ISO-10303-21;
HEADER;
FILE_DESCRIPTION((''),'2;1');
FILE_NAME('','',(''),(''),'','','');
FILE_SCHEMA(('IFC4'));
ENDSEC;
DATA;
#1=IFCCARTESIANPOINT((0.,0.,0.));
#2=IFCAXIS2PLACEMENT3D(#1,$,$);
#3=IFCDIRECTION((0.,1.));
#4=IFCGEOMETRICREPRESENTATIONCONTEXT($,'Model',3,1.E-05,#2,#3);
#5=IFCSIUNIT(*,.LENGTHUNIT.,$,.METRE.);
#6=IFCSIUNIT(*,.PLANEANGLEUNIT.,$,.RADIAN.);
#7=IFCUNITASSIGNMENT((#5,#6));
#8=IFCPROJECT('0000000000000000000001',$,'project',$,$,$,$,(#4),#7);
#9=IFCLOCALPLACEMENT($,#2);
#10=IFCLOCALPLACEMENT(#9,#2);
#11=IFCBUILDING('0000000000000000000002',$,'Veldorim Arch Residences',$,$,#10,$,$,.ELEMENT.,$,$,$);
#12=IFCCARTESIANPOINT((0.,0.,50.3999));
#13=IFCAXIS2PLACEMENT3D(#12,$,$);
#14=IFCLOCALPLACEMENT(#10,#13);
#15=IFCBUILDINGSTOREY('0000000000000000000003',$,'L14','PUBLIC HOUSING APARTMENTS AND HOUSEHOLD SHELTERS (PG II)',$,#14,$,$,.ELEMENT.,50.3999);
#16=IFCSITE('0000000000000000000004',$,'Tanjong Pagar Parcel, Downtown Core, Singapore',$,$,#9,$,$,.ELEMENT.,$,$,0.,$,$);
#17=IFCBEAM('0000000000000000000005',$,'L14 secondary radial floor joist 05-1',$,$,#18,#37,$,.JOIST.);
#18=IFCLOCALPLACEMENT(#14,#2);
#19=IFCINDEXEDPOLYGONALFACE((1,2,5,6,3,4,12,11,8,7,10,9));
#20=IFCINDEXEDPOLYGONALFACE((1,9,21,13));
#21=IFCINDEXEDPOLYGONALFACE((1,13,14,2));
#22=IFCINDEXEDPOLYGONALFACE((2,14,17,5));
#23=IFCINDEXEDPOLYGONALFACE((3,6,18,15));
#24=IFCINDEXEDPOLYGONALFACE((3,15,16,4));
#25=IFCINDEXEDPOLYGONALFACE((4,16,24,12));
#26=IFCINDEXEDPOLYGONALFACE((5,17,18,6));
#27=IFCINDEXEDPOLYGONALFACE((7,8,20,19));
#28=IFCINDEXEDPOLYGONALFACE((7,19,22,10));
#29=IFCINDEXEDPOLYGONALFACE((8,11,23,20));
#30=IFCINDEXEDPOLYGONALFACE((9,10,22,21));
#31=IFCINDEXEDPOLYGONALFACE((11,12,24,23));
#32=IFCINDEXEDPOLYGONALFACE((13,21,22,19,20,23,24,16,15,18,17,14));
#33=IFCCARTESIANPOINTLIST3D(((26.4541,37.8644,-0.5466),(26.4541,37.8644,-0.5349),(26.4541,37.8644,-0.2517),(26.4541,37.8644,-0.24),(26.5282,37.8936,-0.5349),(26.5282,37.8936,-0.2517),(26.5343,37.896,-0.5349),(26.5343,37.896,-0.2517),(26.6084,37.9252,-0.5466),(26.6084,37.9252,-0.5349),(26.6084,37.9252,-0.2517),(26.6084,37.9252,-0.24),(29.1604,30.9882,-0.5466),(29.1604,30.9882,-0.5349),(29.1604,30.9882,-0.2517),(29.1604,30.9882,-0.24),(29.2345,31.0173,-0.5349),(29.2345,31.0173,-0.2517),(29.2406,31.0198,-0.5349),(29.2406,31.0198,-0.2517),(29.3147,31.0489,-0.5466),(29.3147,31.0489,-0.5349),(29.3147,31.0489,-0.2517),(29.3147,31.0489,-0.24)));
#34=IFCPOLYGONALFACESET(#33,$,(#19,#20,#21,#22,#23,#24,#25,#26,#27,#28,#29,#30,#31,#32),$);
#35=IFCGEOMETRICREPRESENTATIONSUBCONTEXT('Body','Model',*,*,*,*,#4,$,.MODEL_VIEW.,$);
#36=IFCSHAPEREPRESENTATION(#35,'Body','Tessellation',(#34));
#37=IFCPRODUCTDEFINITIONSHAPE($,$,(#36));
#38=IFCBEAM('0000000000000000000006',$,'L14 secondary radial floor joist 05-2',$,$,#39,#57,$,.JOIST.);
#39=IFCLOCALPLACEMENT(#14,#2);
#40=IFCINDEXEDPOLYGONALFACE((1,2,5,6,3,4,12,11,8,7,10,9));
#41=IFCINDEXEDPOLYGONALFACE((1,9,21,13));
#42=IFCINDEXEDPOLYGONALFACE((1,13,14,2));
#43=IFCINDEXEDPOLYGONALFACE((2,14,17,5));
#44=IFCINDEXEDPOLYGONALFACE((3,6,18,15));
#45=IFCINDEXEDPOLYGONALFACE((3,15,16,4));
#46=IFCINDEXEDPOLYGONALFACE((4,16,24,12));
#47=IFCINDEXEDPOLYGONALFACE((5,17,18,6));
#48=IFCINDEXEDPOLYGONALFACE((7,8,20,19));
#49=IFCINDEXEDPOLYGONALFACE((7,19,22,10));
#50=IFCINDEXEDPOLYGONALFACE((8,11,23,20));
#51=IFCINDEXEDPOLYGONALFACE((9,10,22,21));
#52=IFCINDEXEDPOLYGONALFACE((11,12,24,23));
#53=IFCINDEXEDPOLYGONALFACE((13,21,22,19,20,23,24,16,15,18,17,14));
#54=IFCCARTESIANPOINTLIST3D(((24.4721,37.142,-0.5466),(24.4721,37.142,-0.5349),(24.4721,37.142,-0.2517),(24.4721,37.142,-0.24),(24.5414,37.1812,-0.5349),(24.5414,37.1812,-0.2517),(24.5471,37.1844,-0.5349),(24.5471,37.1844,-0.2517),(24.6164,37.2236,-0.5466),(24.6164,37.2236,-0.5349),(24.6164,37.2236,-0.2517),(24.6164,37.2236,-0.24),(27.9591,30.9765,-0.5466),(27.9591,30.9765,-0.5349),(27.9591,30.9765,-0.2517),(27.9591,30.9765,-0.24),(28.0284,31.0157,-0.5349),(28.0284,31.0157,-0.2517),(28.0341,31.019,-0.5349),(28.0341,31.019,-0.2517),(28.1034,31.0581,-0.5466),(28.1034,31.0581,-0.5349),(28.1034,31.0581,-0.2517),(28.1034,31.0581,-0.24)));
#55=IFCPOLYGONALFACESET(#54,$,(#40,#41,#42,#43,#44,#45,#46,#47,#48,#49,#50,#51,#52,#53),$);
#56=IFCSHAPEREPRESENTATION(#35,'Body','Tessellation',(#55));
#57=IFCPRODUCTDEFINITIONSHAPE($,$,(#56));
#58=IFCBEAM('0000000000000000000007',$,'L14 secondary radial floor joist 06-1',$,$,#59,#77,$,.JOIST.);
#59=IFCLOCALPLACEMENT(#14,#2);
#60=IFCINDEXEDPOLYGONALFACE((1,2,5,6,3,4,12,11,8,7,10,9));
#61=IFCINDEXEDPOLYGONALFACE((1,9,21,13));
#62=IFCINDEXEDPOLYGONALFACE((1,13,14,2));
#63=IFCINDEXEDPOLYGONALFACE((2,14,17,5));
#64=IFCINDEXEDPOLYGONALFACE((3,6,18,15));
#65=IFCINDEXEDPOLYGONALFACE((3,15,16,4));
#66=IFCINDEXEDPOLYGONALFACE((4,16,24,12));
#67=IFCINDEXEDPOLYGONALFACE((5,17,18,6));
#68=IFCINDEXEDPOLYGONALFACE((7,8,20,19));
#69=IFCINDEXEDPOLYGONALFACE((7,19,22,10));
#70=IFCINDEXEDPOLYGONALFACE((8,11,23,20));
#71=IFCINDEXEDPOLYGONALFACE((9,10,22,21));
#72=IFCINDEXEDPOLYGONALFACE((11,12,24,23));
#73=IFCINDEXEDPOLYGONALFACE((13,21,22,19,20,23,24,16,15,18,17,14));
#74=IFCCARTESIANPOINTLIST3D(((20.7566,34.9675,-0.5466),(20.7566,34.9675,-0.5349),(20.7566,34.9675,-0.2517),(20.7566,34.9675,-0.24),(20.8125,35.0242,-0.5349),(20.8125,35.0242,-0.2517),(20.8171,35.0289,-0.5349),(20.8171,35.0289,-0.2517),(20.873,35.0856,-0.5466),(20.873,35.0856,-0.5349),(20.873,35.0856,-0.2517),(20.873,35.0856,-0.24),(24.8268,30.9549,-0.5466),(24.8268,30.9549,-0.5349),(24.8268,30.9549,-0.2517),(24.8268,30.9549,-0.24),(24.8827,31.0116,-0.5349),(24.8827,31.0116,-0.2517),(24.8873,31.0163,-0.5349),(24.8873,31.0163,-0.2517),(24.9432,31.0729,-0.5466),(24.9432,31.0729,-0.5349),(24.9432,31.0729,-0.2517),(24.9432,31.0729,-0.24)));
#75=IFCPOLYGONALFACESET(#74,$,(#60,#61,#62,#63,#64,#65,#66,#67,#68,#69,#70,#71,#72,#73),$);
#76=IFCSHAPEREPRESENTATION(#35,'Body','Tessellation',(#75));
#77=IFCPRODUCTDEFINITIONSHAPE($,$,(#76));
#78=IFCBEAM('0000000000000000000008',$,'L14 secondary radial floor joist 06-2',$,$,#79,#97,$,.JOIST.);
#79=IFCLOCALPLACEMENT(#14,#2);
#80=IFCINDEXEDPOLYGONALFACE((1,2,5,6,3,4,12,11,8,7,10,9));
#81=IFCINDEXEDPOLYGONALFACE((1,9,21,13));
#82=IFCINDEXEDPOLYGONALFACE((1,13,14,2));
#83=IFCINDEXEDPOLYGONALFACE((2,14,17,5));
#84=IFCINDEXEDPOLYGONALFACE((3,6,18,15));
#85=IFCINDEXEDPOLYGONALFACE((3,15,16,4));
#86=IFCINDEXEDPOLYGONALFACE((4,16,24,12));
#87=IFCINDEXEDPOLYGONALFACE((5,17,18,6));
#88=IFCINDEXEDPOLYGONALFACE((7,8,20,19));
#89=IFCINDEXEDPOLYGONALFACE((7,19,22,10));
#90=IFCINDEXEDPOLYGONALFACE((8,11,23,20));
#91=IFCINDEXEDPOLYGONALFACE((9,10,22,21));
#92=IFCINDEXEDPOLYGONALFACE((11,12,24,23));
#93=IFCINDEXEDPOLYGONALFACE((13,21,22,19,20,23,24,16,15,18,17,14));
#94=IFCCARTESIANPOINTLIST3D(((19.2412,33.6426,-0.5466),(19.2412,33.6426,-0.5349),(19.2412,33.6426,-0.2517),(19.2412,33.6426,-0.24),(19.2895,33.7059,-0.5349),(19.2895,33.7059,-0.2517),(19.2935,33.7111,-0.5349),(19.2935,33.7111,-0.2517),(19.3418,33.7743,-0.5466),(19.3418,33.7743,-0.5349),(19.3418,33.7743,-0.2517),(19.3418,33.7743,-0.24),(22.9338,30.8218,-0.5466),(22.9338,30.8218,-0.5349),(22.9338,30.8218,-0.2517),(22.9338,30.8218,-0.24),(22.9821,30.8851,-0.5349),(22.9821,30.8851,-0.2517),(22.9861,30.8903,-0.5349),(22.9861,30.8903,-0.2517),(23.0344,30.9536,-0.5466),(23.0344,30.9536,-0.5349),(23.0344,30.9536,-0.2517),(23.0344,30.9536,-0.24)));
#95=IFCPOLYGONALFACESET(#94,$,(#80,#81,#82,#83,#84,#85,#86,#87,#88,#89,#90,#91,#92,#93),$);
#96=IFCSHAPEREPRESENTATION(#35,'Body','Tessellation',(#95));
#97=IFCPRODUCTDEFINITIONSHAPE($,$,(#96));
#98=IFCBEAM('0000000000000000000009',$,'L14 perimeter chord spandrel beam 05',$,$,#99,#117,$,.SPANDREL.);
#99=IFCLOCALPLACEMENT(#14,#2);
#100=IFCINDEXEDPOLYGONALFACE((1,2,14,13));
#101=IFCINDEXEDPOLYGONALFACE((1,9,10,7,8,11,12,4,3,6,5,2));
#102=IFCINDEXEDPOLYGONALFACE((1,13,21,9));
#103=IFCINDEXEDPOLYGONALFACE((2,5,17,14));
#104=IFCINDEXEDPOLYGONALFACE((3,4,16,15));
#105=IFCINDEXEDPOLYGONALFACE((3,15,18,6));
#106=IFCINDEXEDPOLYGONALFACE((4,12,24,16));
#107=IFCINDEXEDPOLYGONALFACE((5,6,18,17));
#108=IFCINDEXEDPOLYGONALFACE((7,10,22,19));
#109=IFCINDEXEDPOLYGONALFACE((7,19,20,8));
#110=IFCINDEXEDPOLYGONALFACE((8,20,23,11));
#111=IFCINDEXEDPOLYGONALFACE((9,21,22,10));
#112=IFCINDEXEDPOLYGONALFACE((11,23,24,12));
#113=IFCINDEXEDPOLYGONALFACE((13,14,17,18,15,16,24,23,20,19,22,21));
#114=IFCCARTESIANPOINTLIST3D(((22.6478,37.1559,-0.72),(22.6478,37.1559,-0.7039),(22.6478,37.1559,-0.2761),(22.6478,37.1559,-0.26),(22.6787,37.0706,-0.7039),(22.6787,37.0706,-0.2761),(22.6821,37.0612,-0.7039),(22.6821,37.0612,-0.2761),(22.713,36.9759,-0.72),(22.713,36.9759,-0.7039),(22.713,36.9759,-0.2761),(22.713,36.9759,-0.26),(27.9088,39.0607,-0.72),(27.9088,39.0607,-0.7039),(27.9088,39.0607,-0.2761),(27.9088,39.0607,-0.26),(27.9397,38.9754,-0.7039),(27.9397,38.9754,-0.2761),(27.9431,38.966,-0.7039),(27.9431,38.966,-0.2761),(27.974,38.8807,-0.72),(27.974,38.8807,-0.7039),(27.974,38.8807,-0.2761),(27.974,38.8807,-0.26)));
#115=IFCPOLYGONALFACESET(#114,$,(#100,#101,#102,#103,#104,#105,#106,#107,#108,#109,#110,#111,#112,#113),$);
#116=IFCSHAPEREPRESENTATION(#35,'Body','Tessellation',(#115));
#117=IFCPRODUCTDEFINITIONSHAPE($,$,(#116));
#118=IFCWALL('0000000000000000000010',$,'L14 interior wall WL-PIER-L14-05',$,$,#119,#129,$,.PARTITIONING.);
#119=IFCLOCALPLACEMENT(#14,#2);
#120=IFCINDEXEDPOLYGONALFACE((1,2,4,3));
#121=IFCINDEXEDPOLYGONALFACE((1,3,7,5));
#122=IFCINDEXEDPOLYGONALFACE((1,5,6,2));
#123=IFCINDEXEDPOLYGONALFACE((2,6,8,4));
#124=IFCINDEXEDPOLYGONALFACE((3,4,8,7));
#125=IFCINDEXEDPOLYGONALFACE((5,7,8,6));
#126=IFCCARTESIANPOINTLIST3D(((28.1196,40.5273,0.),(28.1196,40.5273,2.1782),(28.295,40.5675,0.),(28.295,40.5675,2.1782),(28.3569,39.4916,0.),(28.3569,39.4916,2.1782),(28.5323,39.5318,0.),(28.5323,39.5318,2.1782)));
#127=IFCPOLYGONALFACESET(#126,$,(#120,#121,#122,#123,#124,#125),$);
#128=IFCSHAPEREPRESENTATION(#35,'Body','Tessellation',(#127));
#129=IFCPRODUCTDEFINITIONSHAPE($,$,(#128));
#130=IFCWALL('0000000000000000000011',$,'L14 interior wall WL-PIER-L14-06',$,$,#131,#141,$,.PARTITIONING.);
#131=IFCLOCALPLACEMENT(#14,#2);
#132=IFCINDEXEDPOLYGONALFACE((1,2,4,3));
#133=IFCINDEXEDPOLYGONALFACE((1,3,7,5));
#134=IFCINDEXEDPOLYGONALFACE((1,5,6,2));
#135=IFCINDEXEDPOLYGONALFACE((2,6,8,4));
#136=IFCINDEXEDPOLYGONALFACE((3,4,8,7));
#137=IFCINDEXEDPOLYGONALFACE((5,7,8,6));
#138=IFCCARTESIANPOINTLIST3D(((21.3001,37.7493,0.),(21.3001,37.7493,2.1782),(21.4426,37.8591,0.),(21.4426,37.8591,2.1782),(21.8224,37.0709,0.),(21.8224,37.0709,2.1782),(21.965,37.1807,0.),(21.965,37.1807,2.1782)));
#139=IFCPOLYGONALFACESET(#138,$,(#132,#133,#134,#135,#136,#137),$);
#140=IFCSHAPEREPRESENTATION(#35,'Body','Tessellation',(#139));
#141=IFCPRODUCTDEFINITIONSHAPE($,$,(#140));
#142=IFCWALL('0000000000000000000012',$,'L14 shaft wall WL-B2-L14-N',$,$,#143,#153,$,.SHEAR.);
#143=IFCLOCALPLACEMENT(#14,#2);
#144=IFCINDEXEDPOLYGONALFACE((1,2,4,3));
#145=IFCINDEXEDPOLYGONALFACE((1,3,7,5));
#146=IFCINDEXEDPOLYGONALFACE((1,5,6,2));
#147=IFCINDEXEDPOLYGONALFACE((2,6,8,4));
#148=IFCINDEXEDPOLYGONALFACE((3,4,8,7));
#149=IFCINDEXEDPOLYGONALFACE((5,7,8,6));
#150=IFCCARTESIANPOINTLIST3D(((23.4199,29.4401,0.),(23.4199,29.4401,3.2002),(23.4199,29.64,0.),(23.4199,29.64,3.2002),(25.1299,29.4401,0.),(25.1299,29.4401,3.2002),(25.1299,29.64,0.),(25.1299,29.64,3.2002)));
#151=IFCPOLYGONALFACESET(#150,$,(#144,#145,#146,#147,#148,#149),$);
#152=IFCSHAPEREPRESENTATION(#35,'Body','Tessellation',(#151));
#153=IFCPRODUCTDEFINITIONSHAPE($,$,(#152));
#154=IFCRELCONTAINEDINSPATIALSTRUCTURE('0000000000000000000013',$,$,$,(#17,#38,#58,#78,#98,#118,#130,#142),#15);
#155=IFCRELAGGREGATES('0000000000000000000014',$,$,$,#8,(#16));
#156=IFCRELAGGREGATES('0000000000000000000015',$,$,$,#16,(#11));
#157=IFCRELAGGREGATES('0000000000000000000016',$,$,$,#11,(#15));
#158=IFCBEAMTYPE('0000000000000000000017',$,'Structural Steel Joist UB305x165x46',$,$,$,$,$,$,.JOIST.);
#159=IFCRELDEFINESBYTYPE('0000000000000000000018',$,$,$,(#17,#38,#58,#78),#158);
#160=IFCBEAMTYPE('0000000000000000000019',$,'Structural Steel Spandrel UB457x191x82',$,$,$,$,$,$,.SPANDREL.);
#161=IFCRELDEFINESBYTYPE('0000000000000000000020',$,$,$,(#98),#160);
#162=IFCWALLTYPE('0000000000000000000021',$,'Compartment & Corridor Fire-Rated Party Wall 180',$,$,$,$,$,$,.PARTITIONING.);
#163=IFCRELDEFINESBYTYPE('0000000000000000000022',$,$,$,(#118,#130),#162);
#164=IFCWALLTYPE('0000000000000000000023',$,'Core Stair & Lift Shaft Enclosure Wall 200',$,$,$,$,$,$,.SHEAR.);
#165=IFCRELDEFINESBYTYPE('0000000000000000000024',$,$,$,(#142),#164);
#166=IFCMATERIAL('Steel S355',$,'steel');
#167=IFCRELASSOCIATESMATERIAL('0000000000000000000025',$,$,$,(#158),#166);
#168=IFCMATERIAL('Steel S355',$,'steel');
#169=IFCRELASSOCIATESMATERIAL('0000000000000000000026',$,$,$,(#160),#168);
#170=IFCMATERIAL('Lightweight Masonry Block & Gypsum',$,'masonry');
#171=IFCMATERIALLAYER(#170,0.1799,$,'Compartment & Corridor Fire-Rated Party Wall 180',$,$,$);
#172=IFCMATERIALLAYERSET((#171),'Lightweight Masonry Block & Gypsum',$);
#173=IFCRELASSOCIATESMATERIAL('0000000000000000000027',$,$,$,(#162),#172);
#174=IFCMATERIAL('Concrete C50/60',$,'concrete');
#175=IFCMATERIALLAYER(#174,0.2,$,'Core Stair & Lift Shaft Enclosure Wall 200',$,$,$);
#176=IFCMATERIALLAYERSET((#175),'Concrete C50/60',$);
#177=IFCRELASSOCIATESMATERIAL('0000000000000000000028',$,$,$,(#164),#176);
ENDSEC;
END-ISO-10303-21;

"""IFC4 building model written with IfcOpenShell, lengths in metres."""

from ifc_helpers import new_model, si_unit, direction, frame, frame_2d, origin, origin_2d, place, context, subcontext, project, spatial, rectangle, i_section, extrude, material, layer, layer_set, material_profile, profile_set, type_object, element, save


model = new_model("IFC4")

# Units and contexts
model_context = context("Model", 3, precision=1e-05, world=origin(), true_north=direction((0.0, 1.0)))
body_context = subcontext(model_context, "Body", "Model", "MODEL_VIEW")
ifc_project = project(units=[si_unit("LENGTHUNIT", "METRE"), si_unit("PLANEANGLEUNIT", "RADIAN")], contexts=[model_context])

# Site, building, storey
site_placement = place(None, origin())
site = spatial("IfcSite", under=ifc_project, at=site_placement, Name="Tanjong Pagar Parcel, Downtown Core, Singapore", CompositionType="ELEMENT", RefElevation=0.0)
building_placement = place(site_placement, origin())
building = spatial("IfcBuilding", under=site, at=building_placement, Name="Veldorim Arch Residences", CompositionType="ELEMENT")
storey_placement = place(building_placement, frame((0.0, 0.0, 50.3999)))
storey = spatial("IfcBuildingStorey", under=building, at=storey_placement, Name="L14", Description="PUBLIC HOUSING APARTMENTS AND HOUSEHOLD SHELTERS (PG II)", CompositionType="ELEMENT", Elevation=50.3999)

# Beams
ifc_material_1 = material(Name="Steel S355", Category="steel")
ifc_material_profile_1 = material_profile(ifc_material_1, i_section(OverallWidth=0.1658, OverallDepth=0.3066, WebThickness=0.0066, FlangeThickness=0.0117, at=origin_2d()), Name="UB305x165x46")
ifc_profile_set_1 = profile_set([ifc_material_profile_1], Name="Steel S355")
beam_type_1 = type_object("IfcBeamType", Name="Structural Steel Joist UB305x165x46", PredefinedType="JOIST", material=ifc_profile_set_1)
beam_1_placement = place(storey_placement, frame((29.2375, 31.0186, -0.3933), z_axis=(-0.36623, 0.930524, 0.0), x_axis=(-0.930524, -0.36623, 0.0)))
element("IfcBeam", 1, at=beam_1_placement, inside=storey, type_object=beam_type_1, Name="L14 secondary radial floor joist 05-1", PredefinedType="JOIST", context=body_context, shape_type="SweptSolid", body=[
    extrude(i_section(OverallWidth=0.1658, OverallDepth=0.3066, WebThickness=0.0066, FlangeThickness=0.0117, at=origin_2d()), origin(), (0.0, 0.0, 1.0), 7.3896),
])
beam_2_placement = place(storey_placement, frame((28.0312, 31.0173, -0.3933), z_axis=(-0.492292, 0.87043, 0.0), x_axis=(-0.87043, -0.492292, 0.0)))
element("IfcBeam", 2, at=beam_2_placement, inside=storey, type_object=beam_type_1, Name="L14 secondary radial floor joist 05-2", PredefinedType="JOIST", context=body_context, shape_type="SweptSolid", body=[
    extrude(i_section(OverallWidth=0.1658, OverallDepth=0.3066, WebThickness=0.0066, FlangeThickness=0.0117, at=origin_2d()), origin(), (0.0, 0.0, 1.0), 7.0833),
])
beam_3_placement = place(storey_placement, frame((24.885, 31.0139, -0.3933), z_axis=(-0.712129, 0.702049, 0.0), x_axis=(-0.702049, -0.712129, 0.0)))
element("IfcBeam", 3, at=beam_3_placement, inside=storey, type_object=beam_type_1, Name="L14 secondary radial floor joist 06-1", PredefinedType="JOIST", context=body_context, shape_type="SweptSolid", body=[
    extrude(i_section(OverallWidth=0.1658, OverallDepth=0.3066, WebThickness=0.0066, FlangeThickness=0.0117, at=origin_2d()), origin(), (0.0, 0.0, 1.0), 5.7156),
])
beam_4_placement = place(storey_placement, frame((22.9841, 30.8877, -0.3933), z_axis=(-0.794666, 0.607046, 0.0), x_axis=(-0.607046, -0.794666, 0.0)))
element("IfcBeam", 4, at=beam_4_placement, inside=storey, type_object=beam_type_1, Name="L14 secondary radial floor joist 06-2", PredefinedType="JOIST", context=body_context, shape_type="SweptSolid", body=[
    extrude(i_section(OverallWidth=0.1658, OverallDepth=0.3066, WebThickness=0.0066, FlangeThickness=0.0117, at=origin_2d()), origin(), (0.0, 0.0, 1.0), 4.6467),
])
ifc_material_2 = material(Name="Steel S355", Category="steel")
ifc_material_profile_2 = material_profile(ifc_material_2, i_section(OverallWidth=0.1914, OverallDepth=0.46, WebThickness=0.01, FlangeThickness=0.0161, at=origin_2d()), Name="UB457x191x82")
ifc_profile_set_2 = profile_set([ifc_material_profile_2], Name="Steel S355")
beam_type_2 = type_object("IfcBeamType", Name="Structural Steel Spandrel UB457x191x82", PredefinedType="SPANDREL", material=ifc_profile_set_2)
beam_5_placement = place(storey_placement, frame((27.9414, 38.9707, -0.49), z_axis=(-0.940269, -0.340432, 0.0), x_axis=(0.340432, -0.940269, 0.0)))
element("IfcBeam", 5, at=beam_5_placement, inside=storey, type_object=beam_type_2, Name="L14 perimeter chord spandrel beam 05", PredefinedType="SPANDREL", context=body_context, shape_type="SweptSolid", body=[
    extrude(i_section(OverallWidth=0.1914, OverallDepth=0.46, WebThickness=0.01, FlangeThickness=0.0161, at=origin_2d()), origin(), (0.0, 0.0, 1.0), 5.5952),
])

# Walls
ifc_material_3 = material(Name="Lightweight Masonry Block & Gypsum", Category="masonry")
ifc_layer_1 = layer(ifc_material_3, 0.1799, Name="Compartment & Corridor Fire-Rated Party Wall 180")
ifc_layer_set_1 = layer_set([ifc_layer_1], Name="Lightweight Masonry Block & Gypsum")
wall_type_1 = type_object("IfcWallType", Name="Compartment & Corridor Fire-Rated Party Wall 180", PredefinedType="PARTITIONING", material=ifc_layer_set_1)
wall_1_placement = place(storey_placement, frame((28.4446, 39.5117, 0.0), z_axis=(0.0, 0.0, 1.0), x_axis=(-0.223349, 0.974739, 0.0)))
element("IfcWall", 6, at=wall_1_placement, inside=storey, type_object=wall_type_1, Name="L14 interior wall WL-PIER-L14-05", PredefinedType="PARTITIONING", context=body_context, shape_type="SweptSolid", body=[
    extrude(rectangle(XDim=1.0625, YDim=0.1799, at=frame_2d((0.5312, 0.0))), origin(), (0.0, 0.0, 1.0), 2.1782),
])
wall_2_placement = place(storey_placement, frame((21.8938, 37.1257, 0.0), z_axis=(0.0, 0.0, 1.0), x_axis=(-0.610124, 0.792306, 0.0)))
element("IfcWall", 7, at=wall_2_placement, inside=storey, type_object=wall_type_1, Name="L14 interior wall WL-PIER-L14-06", PredefinedType="PARTITIONING", context=body_context, shape_type="SweptSolid", body=[
    extrude(rectangle(XDim=0.8562, YDim=0.1799, at=frame_2d((0.4282, 0.0))), origin(), (0.0, 0.0, 1.0), 2.1782),
])
ifc_material_4 = material(Name="Concrete C50/60", Category="concrete")
ifc_layer_2 = layer(ifc_material_4, 0.2, Name="Core Stair & Lift Shaft Enclosure Wall 200")
ifc_layer_set_2 = layer_set([ifc_layer_2], Name="Concrete C50/60")
wall_type_2 = type_object("IfcWallType", Name="Core Stair & Lift Shaft Enclosure Wall 200", PredefinedType="SHEAR", material=ifc_layer_set_2)
wall_3_placement = place(storey_placement, frame((23.4199, 29.54, 0.0), z_axis=(0.0, 0.0, 1.0), x_axis=(1.0, 0.0, 0.0)))
element("IfcWall", 8, at=wall_3_placement, inside=storey, type_object=wall_type_2, Name="L14 shaft wall WL-B2-L14-N", PredefinedType="SHEAR", context=body_context, shape_type="SweptSolid", body=[
    extrude(rectangle(XDim=1.71, YDim=0.2, at=frame_2d((0.855, 0.0))), origin(), (0.0, 0.0, 1.0), 3.2002),
])

save(model, "model.ifc")
